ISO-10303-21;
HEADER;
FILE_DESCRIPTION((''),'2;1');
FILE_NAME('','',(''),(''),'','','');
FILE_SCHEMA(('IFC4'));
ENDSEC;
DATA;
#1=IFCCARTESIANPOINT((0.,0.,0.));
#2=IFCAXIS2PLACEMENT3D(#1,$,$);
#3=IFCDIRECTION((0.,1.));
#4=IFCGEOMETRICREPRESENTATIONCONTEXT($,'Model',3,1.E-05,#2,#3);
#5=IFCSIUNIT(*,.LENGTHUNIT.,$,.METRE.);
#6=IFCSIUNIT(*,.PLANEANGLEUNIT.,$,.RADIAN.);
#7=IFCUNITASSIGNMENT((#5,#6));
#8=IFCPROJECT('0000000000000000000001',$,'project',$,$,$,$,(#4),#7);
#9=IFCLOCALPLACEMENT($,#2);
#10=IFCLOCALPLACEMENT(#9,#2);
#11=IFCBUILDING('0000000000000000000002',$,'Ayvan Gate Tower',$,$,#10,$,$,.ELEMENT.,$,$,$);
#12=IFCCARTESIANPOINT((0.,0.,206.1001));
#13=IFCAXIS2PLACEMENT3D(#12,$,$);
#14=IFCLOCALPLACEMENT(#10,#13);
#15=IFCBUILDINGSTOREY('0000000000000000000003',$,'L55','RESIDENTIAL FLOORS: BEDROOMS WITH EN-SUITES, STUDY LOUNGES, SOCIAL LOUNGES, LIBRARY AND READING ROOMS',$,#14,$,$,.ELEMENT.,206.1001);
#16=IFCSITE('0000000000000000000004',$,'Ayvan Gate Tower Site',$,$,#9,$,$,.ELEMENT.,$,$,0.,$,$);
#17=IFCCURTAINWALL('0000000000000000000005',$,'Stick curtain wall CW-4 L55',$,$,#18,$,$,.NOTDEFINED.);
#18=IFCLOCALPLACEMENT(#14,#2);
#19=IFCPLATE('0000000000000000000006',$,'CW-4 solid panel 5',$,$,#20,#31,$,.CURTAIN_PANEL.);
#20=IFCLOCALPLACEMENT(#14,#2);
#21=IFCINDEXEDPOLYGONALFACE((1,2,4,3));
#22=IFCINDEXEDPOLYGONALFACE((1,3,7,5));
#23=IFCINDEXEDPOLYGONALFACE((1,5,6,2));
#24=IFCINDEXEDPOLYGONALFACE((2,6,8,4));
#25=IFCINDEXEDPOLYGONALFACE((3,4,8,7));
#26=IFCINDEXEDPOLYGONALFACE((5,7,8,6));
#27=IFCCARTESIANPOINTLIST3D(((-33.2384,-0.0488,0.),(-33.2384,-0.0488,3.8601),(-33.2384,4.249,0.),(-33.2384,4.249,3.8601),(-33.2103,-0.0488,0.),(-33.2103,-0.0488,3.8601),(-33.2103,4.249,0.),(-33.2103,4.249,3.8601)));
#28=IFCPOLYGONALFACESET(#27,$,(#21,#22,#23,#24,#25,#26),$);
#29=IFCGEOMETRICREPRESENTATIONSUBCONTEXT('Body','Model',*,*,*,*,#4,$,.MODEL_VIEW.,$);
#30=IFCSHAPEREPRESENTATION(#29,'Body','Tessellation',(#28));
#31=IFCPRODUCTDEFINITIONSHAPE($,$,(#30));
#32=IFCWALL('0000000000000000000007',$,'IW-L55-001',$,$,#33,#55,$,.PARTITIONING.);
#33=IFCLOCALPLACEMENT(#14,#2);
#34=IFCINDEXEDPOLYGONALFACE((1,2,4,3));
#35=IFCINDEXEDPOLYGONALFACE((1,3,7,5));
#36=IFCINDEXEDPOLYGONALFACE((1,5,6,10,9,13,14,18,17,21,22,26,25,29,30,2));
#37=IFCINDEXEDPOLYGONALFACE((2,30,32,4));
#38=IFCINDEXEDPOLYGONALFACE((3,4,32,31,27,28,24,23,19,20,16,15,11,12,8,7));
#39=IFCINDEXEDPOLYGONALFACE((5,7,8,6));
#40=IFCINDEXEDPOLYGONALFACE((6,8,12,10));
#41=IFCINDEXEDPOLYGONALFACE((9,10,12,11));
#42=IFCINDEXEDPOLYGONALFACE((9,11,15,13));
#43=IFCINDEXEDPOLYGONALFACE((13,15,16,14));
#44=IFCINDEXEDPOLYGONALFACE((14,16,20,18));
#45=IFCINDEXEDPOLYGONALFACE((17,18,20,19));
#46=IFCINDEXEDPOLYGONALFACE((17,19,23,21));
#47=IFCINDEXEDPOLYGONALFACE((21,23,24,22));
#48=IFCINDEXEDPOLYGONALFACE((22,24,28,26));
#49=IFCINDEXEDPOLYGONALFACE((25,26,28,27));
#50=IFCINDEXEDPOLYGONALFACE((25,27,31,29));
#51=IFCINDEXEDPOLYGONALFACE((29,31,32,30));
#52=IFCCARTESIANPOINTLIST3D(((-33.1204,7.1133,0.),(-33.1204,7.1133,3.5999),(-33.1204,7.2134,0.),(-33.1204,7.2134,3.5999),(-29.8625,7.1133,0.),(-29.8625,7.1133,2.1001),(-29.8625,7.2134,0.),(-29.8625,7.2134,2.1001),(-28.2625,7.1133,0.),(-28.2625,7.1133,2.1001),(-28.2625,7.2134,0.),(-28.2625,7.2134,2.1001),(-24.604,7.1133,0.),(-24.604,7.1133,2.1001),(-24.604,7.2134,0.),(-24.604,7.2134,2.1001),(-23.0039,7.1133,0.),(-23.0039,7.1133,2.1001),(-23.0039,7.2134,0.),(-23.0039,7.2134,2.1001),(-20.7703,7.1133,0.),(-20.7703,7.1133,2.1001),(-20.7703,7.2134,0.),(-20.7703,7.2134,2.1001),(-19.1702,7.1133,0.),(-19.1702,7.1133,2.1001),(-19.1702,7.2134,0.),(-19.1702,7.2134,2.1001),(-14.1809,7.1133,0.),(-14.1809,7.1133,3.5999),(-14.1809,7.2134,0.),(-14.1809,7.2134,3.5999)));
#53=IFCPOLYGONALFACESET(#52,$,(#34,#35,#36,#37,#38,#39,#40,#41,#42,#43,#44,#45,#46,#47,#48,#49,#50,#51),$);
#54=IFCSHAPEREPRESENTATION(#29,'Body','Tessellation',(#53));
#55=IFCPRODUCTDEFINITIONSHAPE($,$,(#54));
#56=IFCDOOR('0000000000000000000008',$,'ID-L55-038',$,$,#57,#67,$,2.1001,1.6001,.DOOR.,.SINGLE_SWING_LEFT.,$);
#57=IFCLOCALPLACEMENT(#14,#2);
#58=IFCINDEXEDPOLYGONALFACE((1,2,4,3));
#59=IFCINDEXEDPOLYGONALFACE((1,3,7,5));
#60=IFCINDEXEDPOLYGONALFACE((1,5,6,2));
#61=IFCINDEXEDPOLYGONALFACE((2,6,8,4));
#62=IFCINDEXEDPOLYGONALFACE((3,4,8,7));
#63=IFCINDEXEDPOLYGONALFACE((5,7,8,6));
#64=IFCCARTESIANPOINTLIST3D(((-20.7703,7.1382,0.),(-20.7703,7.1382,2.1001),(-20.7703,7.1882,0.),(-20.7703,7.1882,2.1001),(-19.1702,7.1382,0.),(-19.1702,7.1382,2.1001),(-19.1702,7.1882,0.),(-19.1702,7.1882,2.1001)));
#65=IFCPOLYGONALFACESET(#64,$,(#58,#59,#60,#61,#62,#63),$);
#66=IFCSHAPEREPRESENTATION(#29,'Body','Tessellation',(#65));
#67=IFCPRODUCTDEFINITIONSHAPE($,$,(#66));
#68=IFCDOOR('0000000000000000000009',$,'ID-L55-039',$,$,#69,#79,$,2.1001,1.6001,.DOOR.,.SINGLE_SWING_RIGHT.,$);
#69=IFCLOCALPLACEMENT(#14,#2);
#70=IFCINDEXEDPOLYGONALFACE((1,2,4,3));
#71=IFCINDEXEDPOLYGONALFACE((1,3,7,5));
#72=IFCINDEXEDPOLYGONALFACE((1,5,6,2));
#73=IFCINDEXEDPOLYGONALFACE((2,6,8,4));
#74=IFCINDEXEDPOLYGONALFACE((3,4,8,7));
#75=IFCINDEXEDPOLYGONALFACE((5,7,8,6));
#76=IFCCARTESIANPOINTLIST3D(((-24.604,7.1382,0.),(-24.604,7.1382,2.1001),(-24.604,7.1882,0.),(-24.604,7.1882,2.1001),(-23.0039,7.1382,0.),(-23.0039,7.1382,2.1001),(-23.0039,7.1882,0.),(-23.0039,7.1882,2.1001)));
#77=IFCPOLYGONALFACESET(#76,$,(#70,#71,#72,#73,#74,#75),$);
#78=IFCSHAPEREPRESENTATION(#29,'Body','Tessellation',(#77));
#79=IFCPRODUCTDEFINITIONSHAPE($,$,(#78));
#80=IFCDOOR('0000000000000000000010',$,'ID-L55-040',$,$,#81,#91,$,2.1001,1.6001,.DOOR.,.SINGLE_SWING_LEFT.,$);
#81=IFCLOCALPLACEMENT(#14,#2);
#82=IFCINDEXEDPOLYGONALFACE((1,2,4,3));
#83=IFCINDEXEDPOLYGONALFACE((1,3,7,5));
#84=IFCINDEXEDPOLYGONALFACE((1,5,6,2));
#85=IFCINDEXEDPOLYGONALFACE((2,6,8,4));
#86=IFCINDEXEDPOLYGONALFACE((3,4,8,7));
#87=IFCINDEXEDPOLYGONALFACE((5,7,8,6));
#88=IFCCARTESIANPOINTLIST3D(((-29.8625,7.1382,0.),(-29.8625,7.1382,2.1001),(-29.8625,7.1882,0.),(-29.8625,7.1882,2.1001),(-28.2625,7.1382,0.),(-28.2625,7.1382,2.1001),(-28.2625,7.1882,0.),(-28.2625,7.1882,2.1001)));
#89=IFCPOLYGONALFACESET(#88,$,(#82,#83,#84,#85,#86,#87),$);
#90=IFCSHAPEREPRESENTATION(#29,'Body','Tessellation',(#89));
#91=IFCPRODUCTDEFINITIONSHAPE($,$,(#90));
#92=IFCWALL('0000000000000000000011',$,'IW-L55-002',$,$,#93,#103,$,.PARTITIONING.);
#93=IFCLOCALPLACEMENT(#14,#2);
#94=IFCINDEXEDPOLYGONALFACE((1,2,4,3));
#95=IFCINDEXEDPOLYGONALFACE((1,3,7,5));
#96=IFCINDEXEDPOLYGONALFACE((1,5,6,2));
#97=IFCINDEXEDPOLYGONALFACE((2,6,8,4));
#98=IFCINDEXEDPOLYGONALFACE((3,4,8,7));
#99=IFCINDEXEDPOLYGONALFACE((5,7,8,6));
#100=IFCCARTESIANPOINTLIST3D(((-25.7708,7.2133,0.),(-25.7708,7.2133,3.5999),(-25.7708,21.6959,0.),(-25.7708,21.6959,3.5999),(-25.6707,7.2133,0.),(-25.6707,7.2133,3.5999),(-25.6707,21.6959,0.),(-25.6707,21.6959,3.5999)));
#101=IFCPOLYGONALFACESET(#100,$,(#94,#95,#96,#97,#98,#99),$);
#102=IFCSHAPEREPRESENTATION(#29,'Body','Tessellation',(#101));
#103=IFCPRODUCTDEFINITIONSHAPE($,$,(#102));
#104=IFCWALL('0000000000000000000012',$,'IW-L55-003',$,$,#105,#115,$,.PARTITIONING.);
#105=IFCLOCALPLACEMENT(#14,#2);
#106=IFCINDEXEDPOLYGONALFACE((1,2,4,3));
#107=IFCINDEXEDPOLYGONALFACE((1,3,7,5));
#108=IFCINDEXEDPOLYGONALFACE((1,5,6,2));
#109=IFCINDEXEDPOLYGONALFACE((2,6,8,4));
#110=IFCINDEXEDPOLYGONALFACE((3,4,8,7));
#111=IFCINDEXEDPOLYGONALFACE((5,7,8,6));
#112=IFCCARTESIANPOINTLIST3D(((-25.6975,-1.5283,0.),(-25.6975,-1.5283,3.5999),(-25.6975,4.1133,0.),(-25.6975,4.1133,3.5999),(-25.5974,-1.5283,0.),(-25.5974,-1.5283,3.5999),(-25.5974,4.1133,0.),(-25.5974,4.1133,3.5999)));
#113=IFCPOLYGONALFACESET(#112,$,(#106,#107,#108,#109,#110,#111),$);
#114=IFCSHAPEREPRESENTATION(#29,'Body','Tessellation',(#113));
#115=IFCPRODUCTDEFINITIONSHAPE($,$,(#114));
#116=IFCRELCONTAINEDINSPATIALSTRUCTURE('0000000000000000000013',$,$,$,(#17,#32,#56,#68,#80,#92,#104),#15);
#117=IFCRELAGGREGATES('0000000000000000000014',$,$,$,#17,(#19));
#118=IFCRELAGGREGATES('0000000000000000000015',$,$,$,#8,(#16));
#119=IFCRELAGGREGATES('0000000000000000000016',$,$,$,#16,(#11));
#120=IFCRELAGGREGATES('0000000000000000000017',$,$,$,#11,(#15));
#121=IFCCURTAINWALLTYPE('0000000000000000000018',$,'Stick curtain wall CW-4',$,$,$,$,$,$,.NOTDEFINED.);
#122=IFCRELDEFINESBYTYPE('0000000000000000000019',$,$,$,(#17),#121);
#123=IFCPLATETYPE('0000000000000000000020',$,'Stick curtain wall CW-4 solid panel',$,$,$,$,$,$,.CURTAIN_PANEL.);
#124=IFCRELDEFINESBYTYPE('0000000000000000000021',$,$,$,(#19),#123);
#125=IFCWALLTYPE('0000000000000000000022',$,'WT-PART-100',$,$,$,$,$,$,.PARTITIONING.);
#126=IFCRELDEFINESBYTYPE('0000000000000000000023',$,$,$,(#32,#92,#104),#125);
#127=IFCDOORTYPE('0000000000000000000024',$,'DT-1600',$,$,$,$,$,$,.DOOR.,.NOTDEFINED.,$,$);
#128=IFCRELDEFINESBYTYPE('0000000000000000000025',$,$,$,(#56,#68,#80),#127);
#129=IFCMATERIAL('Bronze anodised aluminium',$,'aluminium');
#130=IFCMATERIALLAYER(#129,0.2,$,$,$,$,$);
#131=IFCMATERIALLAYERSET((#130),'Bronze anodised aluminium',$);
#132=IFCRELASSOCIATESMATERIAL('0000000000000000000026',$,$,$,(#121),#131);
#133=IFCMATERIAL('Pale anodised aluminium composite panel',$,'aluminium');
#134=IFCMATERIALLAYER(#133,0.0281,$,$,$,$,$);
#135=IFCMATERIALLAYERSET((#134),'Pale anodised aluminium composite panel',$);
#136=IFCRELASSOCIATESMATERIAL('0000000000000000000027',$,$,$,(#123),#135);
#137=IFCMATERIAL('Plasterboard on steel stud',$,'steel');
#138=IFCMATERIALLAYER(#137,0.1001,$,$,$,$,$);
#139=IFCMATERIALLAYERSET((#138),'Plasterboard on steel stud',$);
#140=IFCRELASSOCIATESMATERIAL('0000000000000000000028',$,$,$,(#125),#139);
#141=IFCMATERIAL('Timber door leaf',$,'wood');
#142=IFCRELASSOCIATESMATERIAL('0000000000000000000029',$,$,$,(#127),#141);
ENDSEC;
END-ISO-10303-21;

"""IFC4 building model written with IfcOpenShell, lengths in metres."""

from ifc_helpers import new_model, si_unit, direction, frame, frame_2d, origin, origin_2d, place, context, subcontext, project, spatial, rectangle, extrude, material, layer, layer_set, type_object, element, fill, aggregate, save


model = new_model("IFC4")

# Units and contexts
model_context = context("Model", 3, precision=1e-05, world=origin(), true_north=direction((0.0, 1.0)))
body_context = subcontext(model_context, "Body", "Model", "MODEL_VIEW")
ifc_project = project(units=[si_unit("LENGTHUNIT", "METRE"), si_unit("PLANEANGLEUNIT", "RADIAN")], contexts=[model_context])

# Site, building, storey
site_placement = place(None, origin())
site = spatial("IfcSite", under=ifc_project, at=site_placement, Name="Ayvan Gate Tower Site", CompositionType="ELEMENT", RefElevation=0.0)
building_placement = place(site_placement, origin())
building = spatial("IfcBuilding", under=site, at=building_placement, Name="Ayvan Gate Tower", CompositionType="ELEMENT")
storey_placement = place(building_placement, frame((0.0, 0.0, 206.1001)))
storey = spatial("IfcBuildingStorey", under=building, at=storey_placement, Name="L55", Description="RESIDENTIAL FLOORS: BEDROOMS WITH EN-SUITES, STUDY LOUNGES, SOCIAL LOUNGES, LIBRARY AND READING ROOMS", CompositionType="ELEMENT", Elevation=206.1001)

# Shared definitions
ifc_material_1 = material(Name="Bronze anodised aluminium", Category="aluminium")
ifc_layer_1 = layer(ifc_material_1, 0.2)
ifc_layer_set_1 = layer_set([ifc_layer_1], Name="Bronze anodised aluminium")
curtain_wall_type = type_object("IfcCurtainWallType", Name="Stick curtain wall CW-4", PredefinedType="NOTDEFINED", material=ifc_layer_set_1)

# Curtain wall, plate
curtain_wall_1_placement = place(storey_placement, origin())
curtain_wall_1 = element("IfcCurtainWall", 1, at=curtain_wall_1_placement, inside=storey, type_object=curtain_wall_type, Name="Stick curtain wall CW-4 L55", PredefinedType="NOTDEFINED")
ifc_material_2 = material(Name="Pale anodised aluminium composite panel", Category="aluminium")
ifc_layer_2 = layer(ifc_material_2, 0.0281)
ifc_layer_set_2 = layer_set([ifc_layer_2], Name="Pale anodised aluminium composite panel")
plate_type = type_object("IfcPlateType", Name="Stick curtain wall CW-4 solid panel", PredefinedType="CURTAIN_PANEL", material=ifc_layer_set_2)
plate_1_placement = place(storey_placement, frame((-33.2244, 2.1001, 0.0), z_axis=(0.0, 0.0, 1.0), x_axis=(0.0, -1.0, 0.0)))
plate_1 = element("IfcPlate", 2, at=plate_1_placement, type_object=plate_type, Name="CW-4 solid panel 5", PredefinedType="CURTAIN_PANEL", context=body_context, shape_type="SweptSolid", body=[
    extrude(rectangle(XDim=4.2979, YDim=0.0281, at=origin_2d()), origin(), (0.0, 0.0, 1.0), 3.8601),
])
aggregate(curtain_wall_1, [plate_1])

# Wall, openings, doors
ifc_material_3 = material(Name="Plasterboard on steel stud", Category="steel")
ifc_layer_3 = layer(ifc_material_3, 0.1001)
ifc_layer_set_3 = layer_set([ifc_layer_3], Name="Plasterboard on steel stud")
wall_type = type_object("IfcWallType", Name="WT-PART-100", PredefinedType="PARTITIONING", material=ifc_layer_set_3)
wall_1_placement = place(storey_placement, frame((-33.1204, 7.1633, 0.0), z_axis=(0.0, 0.0, 1.0), x_axis=(1.0, 0.0, 0.0)))
wall_1 = element("IfcWall", 3, at=wall_1_placement, inside=storey, type_object=wall_type, Name="IW-L55-001", PredefinedType="PARTITIONING", context=body_context, shape_type="SweptSolid", body=[
    extrude(rectangle(XDim=18.9395, YDim=0.1001, at=frame_2d((9.4697, 0.0))), origin(), (0.0, 0.0, 1.0), 3.5999),
])
opening_1_placement = place(wall_1_placement, frame((12.3501, 0.0, 0.0)))
opening_1 = element("IfcOpeningElement", 4, at=opening_1_placement, cuts=wall_1, PredefinedType="OPENING", context=body_context, shape_type="SweptSolid", body=[
    extrude(rectangle(XDim=1.6001, YDim=2.1001, at=frame_2d((0.8, 1.05))), frame((0.0, 0.0601, 0.0), z_axis=(0.0, -1.0, 0.0), x_axis=(1.0, 0.0, 0.0)), (0.0, 0.0, 1.0), 0.1201),
])
opening_2_placement = place(wall_1_placement, frame((8.5164, 0.0, 0.0)))
opening_2 = element("IfcOpeningElement", 5, at=opening_2_placement, cuts=wall_1, PredefinedType="OPENING", context=body_context, shape_type="SweptSolid", body=[
    extrude(rectangle(XDim=1.6001, YDim=2.1001, at=frame_2d((0.8, 1.05))), frame((0.0, 0.0601, 0.0), z_axis=(0.0, -1.0, 0.0), x_axis=(1.0, 0.0, 0.0)), (0.0, 0.0, 1.0), 0.1201),
])
opening_3_placement = place(wall_1_placement, frame((3.2578, 0.0, 0.0)))
opening_3 = element("IfcOpeningElement", 6, at=opening_3_placement, cuts=wall_1, PredefinedType="OPENING", context=body_context, shape_type="SweptSolid", body=[
    extrude(rectangle(XDim=1.6001, YDim=2.1001, at=frame_2d((0.8, 1.05))), frame((0.0, 0.0601, 0.0), z_axis=(0.0, -1.0, 0.0), x_axis=(1.0, 0.0, 0.0)), (0.0, 0.0, 1.0), 0.1201),
])
ifc_material_4 = material(Name="Timber door leaf", Category="wood")
door_type = type_object("IfcDoorType", Name="DT-1600", OperationType="NOTDEFINED", PredefinedType="DOOR", material=ifc_material_4)
door_1_placement = place(opening_1_placement, origin())
door_1 = element("IfcDoor", 7, at=door_1_placement, inside=storey, type_object=door_type, Name="ID-L55-038", OperationType="SINGLE_SWING_LEFT", OverallHeight=2.1001, OverallWidth=1.6001, PredefinedType="DOOR", context=body_context, shape_type="SweptSolid", body=[
    extrude(rectangle(XDim=1.6001, YDim=2.1001, at=frame_2d((0.8, 1.05))), frame((0.0, 0.0249, 0.0), z_axis=(0.0, -1.0, 0.0), x_axis=(1.0, 0.0, 0.0)), (0.0, 0.0, 1.0), 0.05),
])
fill(opening_1, door_1)
door_2_placement = place(opening_2_placement, origin())
door_2 = element("IfcDoor", 8, at=door_2_placement, inside=storey, type_object=door_type, Name="ID-L55-039", OperationType="SINGLE_SWING_RIGHT", OverallHeight=2.1001, OverallWidth=1.6001, PredefinedType="DOOR", context=body_context, shape_type="SweptSolid", body=[
    extrude(rectangle(XDim=1.6001, YDim=2.1001, at=frame_2d((0.8, 1.05))), frame((0.0, 0.0249, 0.0), z_axis=(0.0, -1.0, 0.0), x_axis=(1.0, 0.0, 0.0)), (0.0, 0.0, 1.0), 0.05),
])
fill(opening_2, door_2)
door_3_placement = place(opening_3_placement, origin())
door_3 = element("IfcDoor", 9, at=door_3_placement, inside=storey, type_object=door_type, Name="ID-L55-040", OperationType="SINGLE_SWING_LEFT", OverallHeight=2.1001, OverallWidth=1.6001, PredefinedType="DOOR", context=body_context, shape_type="SweptSolid", body=[
    extrude(rectangle(XDim=1.6001, YDim=2.1001, at=frame_2d((0.8, 1.05))), frame((0.0, 0.0249, 0.0), z_axis=(0.0, -1.0, 0.0), x_axis=(1.0, 0.0, 0.0)), (0.0, 0.0, 1.0), 0.05),
])
fill(opening_3, door_3)

# Walls
wall_2_placement = place(storey_placement, frame((-25.7207, 7.2134, 0.0), z_axis=(0.0, 0.0, 1.0), x_axis=(0.0, 1.0, 0.0)))
element("IfcWall", 10, at=wall_2_placement, inside=storey, type_object=wall_type, Name="IW-L55-002", PredefinedType="PARTITIONING", context=body_context, shape_type="SweptSolid", body=[
    extrude(rectangle(XDim=14.4827, YDim=0.1001, at=frame_2d((7.2412, 0.0))), origin(), (0.0, 0.0, 1.0), 3.5999),
])
wall_3_placement = place(storey_placement, frame((-25.6475, -1.5283, 0.0), z_axis=(0.0, 0.0, 1.0), x_axis=(0.0, 1.0, 0.0)))
element("IfcWall", 11, at=wall_3_placement, inside=storey, type_object=wall_type, Name="IW-L55-003", PredefinedType="PARTITIONING", context=body_context, shape_type="SweptSolid", body=[
    extrude(rectangle(XDim=5.6416, YDim=0.1001, at=frame_2d((2.8208, 0.0))), origin(), (0.0, 0.0, 1.0), 3.5999),
])

save(model, "model.ifc")
